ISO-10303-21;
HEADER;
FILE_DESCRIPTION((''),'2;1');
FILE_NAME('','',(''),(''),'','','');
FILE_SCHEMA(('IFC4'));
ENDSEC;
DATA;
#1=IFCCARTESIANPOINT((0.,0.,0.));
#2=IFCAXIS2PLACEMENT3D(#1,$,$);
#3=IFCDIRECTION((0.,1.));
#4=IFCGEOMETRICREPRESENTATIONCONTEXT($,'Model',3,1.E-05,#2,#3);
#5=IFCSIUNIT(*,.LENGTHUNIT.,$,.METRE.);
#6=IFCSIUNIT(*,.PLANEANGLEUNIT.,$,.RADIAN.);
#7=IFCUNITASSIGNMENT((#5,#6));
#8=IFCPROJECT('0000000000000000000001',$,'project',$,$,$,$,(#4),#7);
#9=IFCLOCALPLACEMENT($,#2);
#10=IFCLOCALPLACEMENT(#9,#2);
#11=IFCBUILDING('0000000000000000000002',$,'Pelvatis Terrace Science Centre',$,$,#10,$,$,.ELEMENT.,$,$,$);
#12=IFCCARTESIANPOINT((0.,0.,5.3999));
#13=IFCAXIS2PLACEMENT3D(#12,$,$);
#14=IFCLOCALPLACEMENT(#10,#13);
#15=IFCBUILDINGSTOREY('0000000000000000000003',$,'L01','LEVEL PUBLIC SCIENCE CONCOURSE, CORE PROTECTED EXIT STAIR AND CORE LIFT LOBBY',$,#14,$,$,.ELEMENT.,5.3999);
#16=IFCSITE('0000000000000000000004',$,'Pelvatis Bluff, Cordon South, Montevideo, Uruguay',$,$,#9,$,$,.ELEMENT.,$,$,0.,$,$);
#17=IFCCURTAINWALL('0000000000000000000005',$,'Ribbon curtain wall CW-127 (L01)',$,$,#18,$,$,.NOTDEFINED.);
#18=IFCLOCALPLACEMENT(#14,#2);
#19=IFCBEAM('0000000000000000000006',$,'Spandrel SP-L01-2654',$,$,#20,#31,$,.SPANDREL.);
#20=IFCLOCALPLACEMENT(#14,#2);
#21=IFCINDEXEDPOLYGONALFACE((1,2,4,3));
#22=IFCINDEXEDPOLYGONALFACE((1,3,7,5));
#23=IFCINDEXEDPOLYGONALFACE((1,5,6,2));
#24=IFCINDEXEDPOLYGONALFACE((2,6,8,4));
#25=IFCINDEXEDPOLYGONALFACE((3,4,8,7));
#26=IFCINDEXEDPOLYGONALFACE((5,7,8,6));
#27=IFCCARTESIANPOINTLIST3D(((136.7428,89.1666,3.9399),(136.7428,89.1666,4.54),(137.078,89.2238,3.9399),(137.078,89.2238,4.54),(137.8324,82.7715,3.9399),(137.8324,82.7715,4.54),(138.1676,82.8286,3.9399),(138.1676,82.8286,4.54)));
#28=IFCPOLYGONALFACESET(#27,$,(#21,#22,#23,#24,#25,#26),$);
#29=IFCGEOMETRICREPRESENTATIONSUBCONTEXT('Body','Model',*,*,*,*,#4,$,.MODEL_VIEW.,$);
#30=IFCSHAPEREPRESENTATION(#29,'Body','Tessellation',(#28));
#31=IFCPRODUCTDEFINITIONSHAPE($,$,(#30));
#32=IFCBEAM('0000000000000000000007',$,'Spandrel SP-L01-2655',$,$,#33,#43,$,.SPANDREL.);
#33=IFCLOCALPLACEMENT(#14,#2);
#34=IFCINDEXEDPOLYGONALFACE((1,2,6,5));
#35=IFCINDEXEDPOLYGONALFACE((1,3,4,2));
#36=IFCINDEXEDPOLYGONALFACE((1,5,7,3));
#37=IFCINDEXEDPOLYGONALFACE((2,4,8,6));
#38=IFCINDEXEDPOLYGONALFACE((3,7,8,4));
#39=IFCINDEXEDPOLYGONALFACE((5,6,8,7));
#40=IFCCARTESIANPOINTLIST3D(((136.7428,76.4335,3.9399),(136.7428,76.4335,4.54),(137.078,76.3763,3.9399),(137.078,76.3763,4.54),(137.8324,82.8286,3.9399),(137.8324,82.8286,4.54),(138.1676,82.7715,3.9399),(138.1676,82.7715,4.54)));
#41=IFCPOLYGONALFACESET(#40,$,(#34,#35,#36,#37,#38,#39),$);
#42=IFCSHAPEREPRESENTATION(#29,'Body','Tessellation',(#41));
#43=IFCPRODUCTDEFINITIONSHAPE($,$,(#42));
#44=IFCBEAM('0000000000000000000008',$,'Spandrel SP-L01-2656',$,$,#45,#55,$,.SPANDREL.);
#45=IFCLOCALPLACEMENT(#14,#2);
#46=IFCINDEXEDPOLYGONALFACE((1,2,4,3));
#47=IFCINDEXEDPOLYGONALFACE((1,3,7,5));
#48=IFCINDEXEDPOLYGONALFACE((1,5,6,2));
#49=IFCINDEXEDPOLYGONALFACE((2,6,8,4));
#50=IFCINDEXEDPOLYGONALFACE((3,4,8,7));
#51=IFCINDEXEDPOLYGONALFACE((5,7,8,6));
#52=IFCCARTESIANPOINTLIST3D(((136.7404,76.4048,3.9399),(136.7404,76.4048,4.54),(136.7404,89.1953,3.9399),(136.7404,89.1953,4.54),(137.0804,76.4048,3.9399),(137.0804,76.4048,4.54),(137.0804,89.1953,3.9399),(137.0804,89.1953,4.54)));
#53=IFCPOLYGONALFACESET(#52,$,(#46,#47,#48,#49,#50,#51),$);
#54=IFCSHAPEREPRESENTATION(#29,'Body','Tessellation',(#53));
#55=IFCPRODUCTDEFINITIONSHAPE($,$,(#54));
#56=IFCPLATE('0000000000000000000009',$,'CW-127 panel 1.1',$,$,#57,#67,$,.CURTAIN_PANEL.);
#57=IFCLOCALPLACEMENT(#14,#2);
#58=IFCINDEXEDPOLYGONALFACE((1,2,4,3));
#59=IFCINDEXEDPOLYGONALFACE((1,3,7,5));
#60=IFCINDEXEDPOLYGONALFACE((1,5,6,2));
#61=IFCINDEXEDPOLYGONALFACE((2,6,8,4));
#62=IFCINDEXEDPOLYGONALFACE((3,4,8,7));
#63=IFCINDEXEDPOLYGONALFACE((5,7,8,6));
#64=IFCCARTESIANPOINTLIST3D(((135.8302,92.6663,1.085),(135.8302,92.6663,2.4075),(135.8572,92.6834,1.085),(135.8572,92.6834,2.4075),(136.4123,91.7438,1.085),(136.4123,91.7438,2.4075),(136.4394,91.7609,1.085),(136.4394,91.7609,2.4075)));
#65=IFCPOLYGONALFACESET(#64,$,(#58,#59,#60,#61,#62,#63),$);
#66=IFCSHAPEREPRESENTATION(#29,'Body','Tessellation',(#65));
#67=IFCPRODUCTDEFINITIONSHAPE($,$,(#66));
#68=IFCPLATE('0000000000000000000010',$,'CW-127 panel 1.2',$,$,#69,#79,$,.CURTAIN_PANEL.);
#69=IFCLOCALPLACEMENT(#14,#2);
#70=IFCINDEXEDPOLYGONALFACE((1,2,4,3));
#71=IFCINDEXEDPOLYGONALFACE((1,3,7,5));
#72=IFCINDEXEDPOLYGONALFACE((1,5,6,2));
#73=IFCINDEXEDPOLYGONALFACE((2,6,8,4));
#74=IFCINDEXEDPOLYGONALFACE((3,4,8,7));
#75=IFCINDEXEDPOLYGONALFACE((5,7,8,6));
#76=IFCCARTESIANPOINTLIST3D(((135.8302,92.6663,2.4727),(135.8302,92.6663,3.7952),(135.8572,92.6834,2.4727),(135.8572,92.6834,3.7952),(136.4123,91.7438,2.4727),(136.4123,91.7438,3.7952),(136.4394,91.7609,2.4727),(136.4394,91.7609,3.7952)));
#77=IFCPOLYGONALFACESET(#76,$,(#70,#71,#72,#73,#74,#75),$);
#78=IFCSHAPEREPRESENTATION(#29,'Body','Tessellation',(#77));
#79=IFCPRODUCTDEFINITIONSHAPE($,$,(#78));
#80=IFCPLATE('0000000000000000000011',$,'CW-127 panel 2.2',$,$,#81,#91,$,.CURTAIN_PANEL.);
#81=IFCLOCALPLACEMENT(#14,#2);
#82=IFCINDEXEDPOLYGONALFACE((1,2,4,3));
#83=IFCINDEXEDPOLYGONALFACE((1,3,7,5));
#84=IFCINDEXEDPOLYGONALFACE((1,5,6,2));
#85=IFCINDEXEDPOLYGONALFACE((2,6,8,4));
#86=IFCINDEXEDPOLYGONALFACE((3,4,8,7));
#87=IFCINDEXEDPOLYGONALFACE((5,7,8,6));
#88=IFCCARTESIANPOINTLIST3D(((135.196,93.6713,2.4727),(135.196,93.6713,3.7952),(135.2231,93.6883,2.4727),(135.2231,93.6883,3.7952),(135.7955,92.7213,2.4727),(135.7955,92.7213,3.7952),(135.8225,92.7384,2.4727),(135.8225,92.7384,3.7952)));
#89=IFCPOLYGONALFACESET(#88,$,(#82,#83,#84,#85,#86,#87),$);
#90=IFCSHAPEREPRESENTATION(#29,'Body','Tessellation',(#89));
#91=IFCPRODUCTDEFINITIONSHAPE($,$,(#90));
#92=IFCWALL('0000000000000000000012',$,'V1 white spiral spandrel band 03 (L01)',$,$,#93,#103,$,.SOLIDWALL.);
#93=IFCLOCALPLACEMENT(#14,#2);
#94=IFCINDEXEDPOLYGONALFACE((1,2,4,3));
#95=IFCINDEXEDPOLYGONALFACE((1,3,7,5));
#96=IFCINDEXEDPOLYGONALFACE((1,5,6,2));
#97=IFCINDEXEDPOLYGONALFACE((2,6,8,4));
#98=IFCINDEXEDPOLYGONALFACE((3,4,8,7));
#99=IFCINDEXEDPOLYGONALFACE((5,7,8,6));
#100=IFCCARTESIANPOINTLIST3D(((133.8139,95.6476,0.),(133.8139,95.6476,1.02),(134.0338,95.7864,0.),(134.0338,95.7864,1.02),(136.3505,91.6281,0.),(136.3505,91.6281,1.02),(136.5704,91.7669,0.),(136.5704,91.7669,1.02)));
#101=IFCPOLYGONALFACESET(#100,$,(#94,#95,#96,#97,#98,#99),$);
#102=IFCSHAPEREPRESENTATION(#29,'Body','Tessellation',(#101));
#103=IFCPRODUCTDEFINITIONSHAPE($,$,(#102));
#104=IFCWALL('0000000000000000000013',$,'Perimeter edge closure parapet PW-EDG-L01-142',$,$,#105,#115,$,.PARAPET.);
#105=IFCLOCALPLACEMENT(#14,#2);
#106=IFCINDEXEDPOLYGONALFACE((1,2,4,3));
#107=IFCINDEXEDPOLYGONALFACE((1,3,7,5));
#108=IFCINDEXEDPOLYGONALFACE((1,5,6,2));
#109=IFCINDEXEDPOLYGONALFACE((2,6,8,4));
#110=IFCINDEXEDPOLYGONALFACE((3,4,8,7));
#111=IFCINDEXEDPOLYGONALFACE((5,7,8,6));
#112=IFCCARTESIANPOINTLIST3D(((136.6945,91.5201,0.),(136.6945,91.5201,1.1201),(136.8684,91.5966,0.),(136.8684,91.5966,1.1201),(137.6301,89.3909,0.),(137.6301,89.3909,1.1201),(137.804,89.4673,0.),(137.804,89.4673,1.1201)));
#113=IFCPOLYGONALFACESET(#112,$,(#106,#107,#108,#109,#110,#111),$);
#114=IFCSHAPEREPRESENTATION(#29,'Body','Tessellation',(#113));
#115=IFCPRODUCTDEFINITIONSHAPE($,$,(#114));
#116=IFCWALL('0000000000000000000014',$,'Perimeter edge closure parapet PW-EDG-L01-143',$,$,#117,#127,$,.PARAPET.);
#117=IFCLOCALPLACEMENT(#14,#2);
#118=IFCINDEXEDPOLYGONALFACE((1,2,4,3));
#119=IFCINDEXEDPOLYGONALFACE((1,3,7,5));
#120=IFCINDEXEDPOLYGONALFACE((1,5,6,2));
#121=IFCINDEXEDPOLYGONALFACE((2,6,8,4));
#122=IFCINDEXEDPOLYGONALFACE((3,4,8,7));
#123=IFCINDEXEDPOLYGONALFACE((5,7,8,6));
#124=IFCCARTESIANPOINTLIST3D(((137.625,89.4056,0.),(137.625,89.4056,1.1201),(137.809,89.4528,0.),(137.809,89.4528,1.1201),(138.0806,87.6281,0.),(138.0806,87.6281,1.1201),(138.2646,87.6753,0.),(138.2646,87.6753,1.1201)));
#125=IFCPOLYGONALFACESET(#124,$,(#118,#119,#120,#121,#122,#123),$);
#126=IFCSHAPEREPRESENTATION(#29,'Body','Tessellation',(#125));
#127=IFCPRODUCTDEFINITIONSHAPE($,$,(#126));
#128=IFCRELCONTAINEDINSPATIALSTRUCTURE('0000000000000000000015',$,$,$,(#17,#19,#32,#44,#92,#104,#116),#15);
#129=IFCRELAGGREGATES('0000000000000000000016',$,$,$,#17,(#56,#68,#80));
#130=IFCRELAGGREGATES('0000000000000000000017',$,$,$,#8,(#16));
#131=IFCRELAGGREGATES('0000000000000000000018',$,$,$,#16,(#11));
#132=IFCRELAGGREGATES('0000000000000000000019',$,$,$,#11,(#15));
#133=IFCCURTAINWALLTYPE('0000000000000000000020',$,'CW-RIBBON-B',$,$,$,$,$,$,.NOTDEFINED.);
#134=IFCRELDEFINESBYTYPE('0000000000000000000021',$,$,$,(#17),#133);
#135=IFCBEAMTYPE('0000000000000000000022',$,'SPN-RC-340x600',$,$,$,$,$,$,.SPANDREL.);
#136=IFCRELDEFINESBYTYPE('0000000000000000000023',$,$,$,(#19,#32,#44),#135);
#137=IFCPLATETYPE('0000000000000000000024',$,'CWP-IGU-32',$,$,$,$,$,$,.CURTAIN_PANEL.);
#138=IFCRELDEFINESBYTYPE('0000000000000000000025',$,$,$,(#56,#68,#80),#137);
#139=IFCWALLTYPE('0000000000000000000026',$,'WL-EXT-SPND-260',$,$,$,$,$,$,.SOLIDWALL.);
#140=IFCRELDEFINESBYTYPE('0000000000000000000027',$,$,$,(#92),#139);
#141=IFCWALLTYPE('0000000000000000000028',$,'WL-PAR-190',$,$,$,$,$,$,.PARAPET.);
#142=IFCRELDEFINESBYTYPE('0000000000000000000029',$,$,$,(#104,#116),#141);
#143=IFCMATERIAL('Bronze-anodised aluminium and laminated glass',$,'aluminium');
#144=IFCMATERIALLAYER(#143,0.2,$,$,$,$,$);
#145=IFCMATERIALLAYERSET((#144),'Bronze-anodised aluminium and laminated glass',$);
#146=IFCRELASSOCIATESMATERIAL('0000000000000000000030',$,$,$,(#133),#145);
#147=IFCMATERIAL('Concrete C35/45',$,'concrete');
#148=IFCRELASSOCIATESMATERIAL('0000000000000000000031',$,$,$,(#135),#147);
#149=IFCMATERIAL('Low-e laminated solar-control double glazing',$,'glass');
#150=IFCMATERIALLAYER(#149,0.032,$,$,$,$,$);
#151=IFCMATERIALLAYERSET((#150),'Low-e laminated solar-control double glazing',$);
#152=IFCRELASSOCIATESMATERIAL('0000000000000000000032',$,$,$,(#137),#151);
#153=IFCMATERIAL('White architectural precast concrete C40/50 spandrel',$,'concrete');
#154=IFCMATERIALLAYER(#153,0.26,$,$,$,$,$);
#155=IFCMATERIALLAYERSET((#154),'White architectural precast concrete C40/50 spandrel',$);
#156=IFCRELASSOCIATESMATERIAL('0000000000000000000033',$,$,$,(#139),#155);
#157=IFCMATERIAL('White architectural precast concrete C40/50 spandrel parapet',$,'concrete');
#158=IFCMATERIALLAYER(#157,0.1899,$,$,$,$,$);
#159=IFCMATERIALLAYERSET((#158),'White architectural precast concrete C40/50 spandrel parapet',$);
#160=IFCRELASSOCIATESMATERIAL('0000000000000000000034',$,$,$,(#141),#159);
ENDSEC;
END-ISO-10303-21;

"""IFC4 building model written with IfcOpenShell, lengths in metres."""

from ifc_helpers import new_model, si_unit, direction, frame, frame_2d, origin, origin_2d, place, context, subcontext, project, spatial, rectangle, extrude, material, layer, layer_set, material_profile, profile_set, type_object, element, aggregate, save


model = new_model("IFC4")

# Units and contexts
model_context = context("Model", 3, precision=1e-05, world=origin(), true_north=direction((0.0, 1.0)))
body_context = subcontext(model_context, "Body", "Model", "MODEL_VIEW")
ifc_project = project(units=[si_unit("LENGTHUNIT", "METRE"), si_unit("PLANEANGLEUNIT", "RADIAN")], contexts=[model_context])

# Site, building, storey
site_placement = place(None, origin())
site = spatial("IfcSite", under=ifc_project, at=site_placement, Name="Pelvatis Bluff, Cordon South, Montevideo, Uruguay", CompositionType="ELEMENT", RefElevation=0.0)
building_placement = place(site_placement, origin())
building = spatial("IfcBuilding", under=site, at=building_placement, Name="Pelvatis Terrace Science Centre", CompositionType="ELEMENT")
storey_placement = place(building_placement, frame((0.0, 0.0, 5.3999)))
storey = spatial("IfcBuildingStorey", under=building, at=storey_placement, Name="L01", Description="LEVEL PUBLIC SCIENCE CONCOURSE, CORE PROTECTED EXIT STAIR AND CORE LIFT LOBBY", CompositionType="ELEMENT", Elevation=5.3999)

# Shared definitions
ifc_material_1 = material(Name="Bronze-anodised aluminium and laminated glass", Category="aluminium")
ifc_layer_1 = layer(ifc_material_1, 0.2)
ifc_layer_set_1 = layer_set([ifc_layer_1], Name="Bronze-anodised aluminium and laminated glass")
curtain_wall_type = type_object("IfcCurtainWallType", Name="CW-RIBBON-B", PredefinedType="NOTDEFINED", material=ifc_layer_set_1)

# Curtain wall
curtain_wall_1_placement = place(storey_placement, origin())
curtain_wall_1 = element("IfcCurtainWall", 1, at=curtain_wall_1_placement, inside=storey, type_object=curtain_wall_type, Name="Ribbon curtain wall CW-127 (L01)", PredefinedType="NOTDEFINED")

# Beams
ifc_material_2 = material(Name="Concrete C35/45", Category="concrete")
ifc_material_profile_1 = material_profile(ifc_material_2, rectangle(XDim=0.3401, YDim=0.6001, at=origin_2d()), Name="RC-SPN 340x600")
ifc_profile_set_1 = profile_set([ifc_material_profile_1], Name="Concrete C35/45")
beam_type = type_object("IfcBeamType", Name="SPN-RC-340x600", PredefinedType="SPANDREL", material=ifc_profile_set_1)
for number, where, z_axis, x_axis, name in (
    (2, (138.0, 82.8, 4.24), (-0.167956, 0.985795, 0.0), (-0.985795, -0.167956, 0.0), "Spandrel SP-L01-2654"),
    (3, (138.0, 82.8, 4.24), (-0.167956, -0.985795, 0.0), (0.985795, -0.167956, 0.0), "Spandrel SP-L01-2655"),
):
    element("IfcBeam", number, at=place(storey_placement, frame(where, z_axis=z_axis, x_axis=x_axis)), inside=storey, type_object=beam_type, Name=name, PredefinedType="SPANDREL", context=body_context, shape_type="SweptSolid", body=[
        extrude(rectangle(XDim=0.3401, YDim=0.6001, at=origin_2d()), origin(), (0.0, 0.0, 1.0), 6.4873),
    ])
beam_placement = place(storey_placement, frame((136.9104, 89.1953, 4.24), z_axis=(0.0, -1.0, 0.0), x_axis=(1.0, 0.0, 0.0)))
element("IfcBeam", 4, at=beam_placement, inside=storey, type_object=beam_type, Name="Spandrel SP-L01-2656", PredefinedType="SPANDREL", context=body_context, shape_type="SweptSolid", body=[
    extrude(rectangle(XDim=0.3401, YDim=0.6001, at=origin_2d()), origin(), (0.0, 0.0, 1.0), 12.7905),
])

# Plates
ifc_material_3 = material(Name="Low-e laminated solar-control double glazing", Category="glass")
ifc_layer_2 = layer(ifc_material_3, 0.032)
ifc_layer_set_2 = layer_set([ifc_layer_2], Name="Low-e laminated solar-control double glazing")
plate_type = type_object("IfcPlateType", Name="CWP-IGU-32", PredefinedType="CURTAIN_PANEL", material=ifc_layer_set_2)
plate_1_placement = place(storey_placement, frame((136.1348, 92.2136, 1.085), z_axis=(0.0, 0.0, 1.0), x_axis=(-0.533693, 0.845678, 0.0)))
plate_1 = element("IfcPlate", 5, at=plate_1_placement, type_object=plate_type, Name="CW-127 panel 1.1", PredefinedType="CURTAIN_PANEL", context=body_context, shape_type="SweptSolid", body=[
    extrude(rectangle(XDim=1.0908, YDim=0.032, at=origin_2d()), origin(), (0.0, 0.0, 1.0), 1.3225),
])
plate_2_placement = place(storey_placement, frame((136.1348, 92.2136, 2.4727), z_axis=(0.0, 0.0, 1.0), x_axis=(-0.533693, 0.845678, 0.0)))
plate_2 = element("IfcPlate", 6, at=plate_2_placement, type_object=plate_type, Name="CW-127 panel 1.2", PredefinedType="CURTAIN_PANEL", context=body_context, shape_type="SweptSolid", body=[
    extrude(rectangle(XDim=1.0908, YDim=0.032, at=origin_2d()), origin(), (0.0, 0.0, 1.0), 1.3225),
])
plate_3_placement = place(storey_placement, frame((135.5093, 93.2048, 2.4727), z_axis=(0.0, 0.0, 1.0), x_axis=(-0.533693, 0.845678, 0.0)))
plate_3 = element("IfcPlate", 7, at=plate_3_placement, type_object=plate_type, Name="CW-127 panel 2.2", PredefinedType="CURTAIN_PANEL", context=body_context, shape_type="SweptSolid", body=[
    extrude(rectangle(XDim=1.1233, YDim=0.032, at=origin_2d()), origin(), (0.0, 0.0, 1.0), 1.3225),
])
aggregate(curtain_wall_1, [plate_1, plate_2, plate_3])

# Walls
ifc_material_4 = material(Name="White architectural precast concrete C40/50 spandrel", Category="concrete")
ifc_layer_3 = layer(ifc_material_4, 0.26)
ifc_layer_set_3 = layer_set([ifc_layer_3], Name="White architectural precast concrete C40/50 spandrel")
wall_type_1 = type_object("IfcWallType", Name="WL-EXT-SPND-260", PredefinedType="SOLIDWALL", material=ifc_layer_set_3)
wall_1_placement = place(storey_placement, frame((136.4604, 91.6975, 0.0), z_axis=(0.0, 0.0, 1.0), x_axis=(-0.533688, 0.845682, 0.0)))
element("IfcWall", 8, at=wall_1_placement, inside=storey, type_object=wall_type_1, Name="V1 white spiral spandrel band 03 (L01)", PredefinedType="SOLIDWALL", context=body_context, shape_type="SweptSolid", body=[
    extrude(rectangle(XDim=4.7529, YDim=0.26, at=frame_2d((2.3765, 0.0))), origin(), (0.0, 0.0, 1.0), 1.02),
])
ifc_material_5 = material(Name="White architectural precast concrete C40/50 spandrel parapet", Category="concrete")
ifc_layer_4 = layer(ifc_material_5, 0.1899)
ifc_layer_set_4 = layer_set([ifc_layer_4], Name="White architectural precast concrete C40/50 spandrel parapet")
wall_type_2 = type_object("IfcWallType", Name="WL-PAR-190", PredefinedType="PARAPET", material=ifc_layer_set_4)
wall_2_placement = place(storey_placement, frame((136.7815, 91.5583, 0.0), z_axis=(0.0, 0.0, 1.0), x_axis=(0.402278, -0.915518, 0.0)))
element("IfcWall", 9, at=wall_2_placement, inside=storey, type_object=wall_type_2, Name="Perimeter edge closure parapet PW-EDG-L01-142", PredefinedType="PARAPET", context=body_context, shape_type="SweptSolid", body=[
    extrude(rectangle(XDim=2.3257, YDim=0.1899, at=frame_2d((1.1628, 0.0))), origin(), (0.0, 0.0, 1.0), 1.1201),
])
wall_3_placement = place(storey_placement, frame((137.717, 89.4292, 0.0), z_axis=(0.0, 0.0, 1.0), x_axis=(0.24826, -0.968693, 0.0)))
element("IfcWall", 10, at=wall_3_placement, inside=storey, type_object=wall_type_2, Name="Perimeter edge closure parapet PW-EDG-L01-143", PredefinedType="PARAPET", context=body_context, shape_type="SweptSolid", body=[
    extrude(rectangle(XDim=1.835, YDim=0.1899, at=frame_2d((0.9175, 0.0))), origin(), (0.0, 0.0, 1.0), 1.1201),
])

save(model, "model.ifc")
